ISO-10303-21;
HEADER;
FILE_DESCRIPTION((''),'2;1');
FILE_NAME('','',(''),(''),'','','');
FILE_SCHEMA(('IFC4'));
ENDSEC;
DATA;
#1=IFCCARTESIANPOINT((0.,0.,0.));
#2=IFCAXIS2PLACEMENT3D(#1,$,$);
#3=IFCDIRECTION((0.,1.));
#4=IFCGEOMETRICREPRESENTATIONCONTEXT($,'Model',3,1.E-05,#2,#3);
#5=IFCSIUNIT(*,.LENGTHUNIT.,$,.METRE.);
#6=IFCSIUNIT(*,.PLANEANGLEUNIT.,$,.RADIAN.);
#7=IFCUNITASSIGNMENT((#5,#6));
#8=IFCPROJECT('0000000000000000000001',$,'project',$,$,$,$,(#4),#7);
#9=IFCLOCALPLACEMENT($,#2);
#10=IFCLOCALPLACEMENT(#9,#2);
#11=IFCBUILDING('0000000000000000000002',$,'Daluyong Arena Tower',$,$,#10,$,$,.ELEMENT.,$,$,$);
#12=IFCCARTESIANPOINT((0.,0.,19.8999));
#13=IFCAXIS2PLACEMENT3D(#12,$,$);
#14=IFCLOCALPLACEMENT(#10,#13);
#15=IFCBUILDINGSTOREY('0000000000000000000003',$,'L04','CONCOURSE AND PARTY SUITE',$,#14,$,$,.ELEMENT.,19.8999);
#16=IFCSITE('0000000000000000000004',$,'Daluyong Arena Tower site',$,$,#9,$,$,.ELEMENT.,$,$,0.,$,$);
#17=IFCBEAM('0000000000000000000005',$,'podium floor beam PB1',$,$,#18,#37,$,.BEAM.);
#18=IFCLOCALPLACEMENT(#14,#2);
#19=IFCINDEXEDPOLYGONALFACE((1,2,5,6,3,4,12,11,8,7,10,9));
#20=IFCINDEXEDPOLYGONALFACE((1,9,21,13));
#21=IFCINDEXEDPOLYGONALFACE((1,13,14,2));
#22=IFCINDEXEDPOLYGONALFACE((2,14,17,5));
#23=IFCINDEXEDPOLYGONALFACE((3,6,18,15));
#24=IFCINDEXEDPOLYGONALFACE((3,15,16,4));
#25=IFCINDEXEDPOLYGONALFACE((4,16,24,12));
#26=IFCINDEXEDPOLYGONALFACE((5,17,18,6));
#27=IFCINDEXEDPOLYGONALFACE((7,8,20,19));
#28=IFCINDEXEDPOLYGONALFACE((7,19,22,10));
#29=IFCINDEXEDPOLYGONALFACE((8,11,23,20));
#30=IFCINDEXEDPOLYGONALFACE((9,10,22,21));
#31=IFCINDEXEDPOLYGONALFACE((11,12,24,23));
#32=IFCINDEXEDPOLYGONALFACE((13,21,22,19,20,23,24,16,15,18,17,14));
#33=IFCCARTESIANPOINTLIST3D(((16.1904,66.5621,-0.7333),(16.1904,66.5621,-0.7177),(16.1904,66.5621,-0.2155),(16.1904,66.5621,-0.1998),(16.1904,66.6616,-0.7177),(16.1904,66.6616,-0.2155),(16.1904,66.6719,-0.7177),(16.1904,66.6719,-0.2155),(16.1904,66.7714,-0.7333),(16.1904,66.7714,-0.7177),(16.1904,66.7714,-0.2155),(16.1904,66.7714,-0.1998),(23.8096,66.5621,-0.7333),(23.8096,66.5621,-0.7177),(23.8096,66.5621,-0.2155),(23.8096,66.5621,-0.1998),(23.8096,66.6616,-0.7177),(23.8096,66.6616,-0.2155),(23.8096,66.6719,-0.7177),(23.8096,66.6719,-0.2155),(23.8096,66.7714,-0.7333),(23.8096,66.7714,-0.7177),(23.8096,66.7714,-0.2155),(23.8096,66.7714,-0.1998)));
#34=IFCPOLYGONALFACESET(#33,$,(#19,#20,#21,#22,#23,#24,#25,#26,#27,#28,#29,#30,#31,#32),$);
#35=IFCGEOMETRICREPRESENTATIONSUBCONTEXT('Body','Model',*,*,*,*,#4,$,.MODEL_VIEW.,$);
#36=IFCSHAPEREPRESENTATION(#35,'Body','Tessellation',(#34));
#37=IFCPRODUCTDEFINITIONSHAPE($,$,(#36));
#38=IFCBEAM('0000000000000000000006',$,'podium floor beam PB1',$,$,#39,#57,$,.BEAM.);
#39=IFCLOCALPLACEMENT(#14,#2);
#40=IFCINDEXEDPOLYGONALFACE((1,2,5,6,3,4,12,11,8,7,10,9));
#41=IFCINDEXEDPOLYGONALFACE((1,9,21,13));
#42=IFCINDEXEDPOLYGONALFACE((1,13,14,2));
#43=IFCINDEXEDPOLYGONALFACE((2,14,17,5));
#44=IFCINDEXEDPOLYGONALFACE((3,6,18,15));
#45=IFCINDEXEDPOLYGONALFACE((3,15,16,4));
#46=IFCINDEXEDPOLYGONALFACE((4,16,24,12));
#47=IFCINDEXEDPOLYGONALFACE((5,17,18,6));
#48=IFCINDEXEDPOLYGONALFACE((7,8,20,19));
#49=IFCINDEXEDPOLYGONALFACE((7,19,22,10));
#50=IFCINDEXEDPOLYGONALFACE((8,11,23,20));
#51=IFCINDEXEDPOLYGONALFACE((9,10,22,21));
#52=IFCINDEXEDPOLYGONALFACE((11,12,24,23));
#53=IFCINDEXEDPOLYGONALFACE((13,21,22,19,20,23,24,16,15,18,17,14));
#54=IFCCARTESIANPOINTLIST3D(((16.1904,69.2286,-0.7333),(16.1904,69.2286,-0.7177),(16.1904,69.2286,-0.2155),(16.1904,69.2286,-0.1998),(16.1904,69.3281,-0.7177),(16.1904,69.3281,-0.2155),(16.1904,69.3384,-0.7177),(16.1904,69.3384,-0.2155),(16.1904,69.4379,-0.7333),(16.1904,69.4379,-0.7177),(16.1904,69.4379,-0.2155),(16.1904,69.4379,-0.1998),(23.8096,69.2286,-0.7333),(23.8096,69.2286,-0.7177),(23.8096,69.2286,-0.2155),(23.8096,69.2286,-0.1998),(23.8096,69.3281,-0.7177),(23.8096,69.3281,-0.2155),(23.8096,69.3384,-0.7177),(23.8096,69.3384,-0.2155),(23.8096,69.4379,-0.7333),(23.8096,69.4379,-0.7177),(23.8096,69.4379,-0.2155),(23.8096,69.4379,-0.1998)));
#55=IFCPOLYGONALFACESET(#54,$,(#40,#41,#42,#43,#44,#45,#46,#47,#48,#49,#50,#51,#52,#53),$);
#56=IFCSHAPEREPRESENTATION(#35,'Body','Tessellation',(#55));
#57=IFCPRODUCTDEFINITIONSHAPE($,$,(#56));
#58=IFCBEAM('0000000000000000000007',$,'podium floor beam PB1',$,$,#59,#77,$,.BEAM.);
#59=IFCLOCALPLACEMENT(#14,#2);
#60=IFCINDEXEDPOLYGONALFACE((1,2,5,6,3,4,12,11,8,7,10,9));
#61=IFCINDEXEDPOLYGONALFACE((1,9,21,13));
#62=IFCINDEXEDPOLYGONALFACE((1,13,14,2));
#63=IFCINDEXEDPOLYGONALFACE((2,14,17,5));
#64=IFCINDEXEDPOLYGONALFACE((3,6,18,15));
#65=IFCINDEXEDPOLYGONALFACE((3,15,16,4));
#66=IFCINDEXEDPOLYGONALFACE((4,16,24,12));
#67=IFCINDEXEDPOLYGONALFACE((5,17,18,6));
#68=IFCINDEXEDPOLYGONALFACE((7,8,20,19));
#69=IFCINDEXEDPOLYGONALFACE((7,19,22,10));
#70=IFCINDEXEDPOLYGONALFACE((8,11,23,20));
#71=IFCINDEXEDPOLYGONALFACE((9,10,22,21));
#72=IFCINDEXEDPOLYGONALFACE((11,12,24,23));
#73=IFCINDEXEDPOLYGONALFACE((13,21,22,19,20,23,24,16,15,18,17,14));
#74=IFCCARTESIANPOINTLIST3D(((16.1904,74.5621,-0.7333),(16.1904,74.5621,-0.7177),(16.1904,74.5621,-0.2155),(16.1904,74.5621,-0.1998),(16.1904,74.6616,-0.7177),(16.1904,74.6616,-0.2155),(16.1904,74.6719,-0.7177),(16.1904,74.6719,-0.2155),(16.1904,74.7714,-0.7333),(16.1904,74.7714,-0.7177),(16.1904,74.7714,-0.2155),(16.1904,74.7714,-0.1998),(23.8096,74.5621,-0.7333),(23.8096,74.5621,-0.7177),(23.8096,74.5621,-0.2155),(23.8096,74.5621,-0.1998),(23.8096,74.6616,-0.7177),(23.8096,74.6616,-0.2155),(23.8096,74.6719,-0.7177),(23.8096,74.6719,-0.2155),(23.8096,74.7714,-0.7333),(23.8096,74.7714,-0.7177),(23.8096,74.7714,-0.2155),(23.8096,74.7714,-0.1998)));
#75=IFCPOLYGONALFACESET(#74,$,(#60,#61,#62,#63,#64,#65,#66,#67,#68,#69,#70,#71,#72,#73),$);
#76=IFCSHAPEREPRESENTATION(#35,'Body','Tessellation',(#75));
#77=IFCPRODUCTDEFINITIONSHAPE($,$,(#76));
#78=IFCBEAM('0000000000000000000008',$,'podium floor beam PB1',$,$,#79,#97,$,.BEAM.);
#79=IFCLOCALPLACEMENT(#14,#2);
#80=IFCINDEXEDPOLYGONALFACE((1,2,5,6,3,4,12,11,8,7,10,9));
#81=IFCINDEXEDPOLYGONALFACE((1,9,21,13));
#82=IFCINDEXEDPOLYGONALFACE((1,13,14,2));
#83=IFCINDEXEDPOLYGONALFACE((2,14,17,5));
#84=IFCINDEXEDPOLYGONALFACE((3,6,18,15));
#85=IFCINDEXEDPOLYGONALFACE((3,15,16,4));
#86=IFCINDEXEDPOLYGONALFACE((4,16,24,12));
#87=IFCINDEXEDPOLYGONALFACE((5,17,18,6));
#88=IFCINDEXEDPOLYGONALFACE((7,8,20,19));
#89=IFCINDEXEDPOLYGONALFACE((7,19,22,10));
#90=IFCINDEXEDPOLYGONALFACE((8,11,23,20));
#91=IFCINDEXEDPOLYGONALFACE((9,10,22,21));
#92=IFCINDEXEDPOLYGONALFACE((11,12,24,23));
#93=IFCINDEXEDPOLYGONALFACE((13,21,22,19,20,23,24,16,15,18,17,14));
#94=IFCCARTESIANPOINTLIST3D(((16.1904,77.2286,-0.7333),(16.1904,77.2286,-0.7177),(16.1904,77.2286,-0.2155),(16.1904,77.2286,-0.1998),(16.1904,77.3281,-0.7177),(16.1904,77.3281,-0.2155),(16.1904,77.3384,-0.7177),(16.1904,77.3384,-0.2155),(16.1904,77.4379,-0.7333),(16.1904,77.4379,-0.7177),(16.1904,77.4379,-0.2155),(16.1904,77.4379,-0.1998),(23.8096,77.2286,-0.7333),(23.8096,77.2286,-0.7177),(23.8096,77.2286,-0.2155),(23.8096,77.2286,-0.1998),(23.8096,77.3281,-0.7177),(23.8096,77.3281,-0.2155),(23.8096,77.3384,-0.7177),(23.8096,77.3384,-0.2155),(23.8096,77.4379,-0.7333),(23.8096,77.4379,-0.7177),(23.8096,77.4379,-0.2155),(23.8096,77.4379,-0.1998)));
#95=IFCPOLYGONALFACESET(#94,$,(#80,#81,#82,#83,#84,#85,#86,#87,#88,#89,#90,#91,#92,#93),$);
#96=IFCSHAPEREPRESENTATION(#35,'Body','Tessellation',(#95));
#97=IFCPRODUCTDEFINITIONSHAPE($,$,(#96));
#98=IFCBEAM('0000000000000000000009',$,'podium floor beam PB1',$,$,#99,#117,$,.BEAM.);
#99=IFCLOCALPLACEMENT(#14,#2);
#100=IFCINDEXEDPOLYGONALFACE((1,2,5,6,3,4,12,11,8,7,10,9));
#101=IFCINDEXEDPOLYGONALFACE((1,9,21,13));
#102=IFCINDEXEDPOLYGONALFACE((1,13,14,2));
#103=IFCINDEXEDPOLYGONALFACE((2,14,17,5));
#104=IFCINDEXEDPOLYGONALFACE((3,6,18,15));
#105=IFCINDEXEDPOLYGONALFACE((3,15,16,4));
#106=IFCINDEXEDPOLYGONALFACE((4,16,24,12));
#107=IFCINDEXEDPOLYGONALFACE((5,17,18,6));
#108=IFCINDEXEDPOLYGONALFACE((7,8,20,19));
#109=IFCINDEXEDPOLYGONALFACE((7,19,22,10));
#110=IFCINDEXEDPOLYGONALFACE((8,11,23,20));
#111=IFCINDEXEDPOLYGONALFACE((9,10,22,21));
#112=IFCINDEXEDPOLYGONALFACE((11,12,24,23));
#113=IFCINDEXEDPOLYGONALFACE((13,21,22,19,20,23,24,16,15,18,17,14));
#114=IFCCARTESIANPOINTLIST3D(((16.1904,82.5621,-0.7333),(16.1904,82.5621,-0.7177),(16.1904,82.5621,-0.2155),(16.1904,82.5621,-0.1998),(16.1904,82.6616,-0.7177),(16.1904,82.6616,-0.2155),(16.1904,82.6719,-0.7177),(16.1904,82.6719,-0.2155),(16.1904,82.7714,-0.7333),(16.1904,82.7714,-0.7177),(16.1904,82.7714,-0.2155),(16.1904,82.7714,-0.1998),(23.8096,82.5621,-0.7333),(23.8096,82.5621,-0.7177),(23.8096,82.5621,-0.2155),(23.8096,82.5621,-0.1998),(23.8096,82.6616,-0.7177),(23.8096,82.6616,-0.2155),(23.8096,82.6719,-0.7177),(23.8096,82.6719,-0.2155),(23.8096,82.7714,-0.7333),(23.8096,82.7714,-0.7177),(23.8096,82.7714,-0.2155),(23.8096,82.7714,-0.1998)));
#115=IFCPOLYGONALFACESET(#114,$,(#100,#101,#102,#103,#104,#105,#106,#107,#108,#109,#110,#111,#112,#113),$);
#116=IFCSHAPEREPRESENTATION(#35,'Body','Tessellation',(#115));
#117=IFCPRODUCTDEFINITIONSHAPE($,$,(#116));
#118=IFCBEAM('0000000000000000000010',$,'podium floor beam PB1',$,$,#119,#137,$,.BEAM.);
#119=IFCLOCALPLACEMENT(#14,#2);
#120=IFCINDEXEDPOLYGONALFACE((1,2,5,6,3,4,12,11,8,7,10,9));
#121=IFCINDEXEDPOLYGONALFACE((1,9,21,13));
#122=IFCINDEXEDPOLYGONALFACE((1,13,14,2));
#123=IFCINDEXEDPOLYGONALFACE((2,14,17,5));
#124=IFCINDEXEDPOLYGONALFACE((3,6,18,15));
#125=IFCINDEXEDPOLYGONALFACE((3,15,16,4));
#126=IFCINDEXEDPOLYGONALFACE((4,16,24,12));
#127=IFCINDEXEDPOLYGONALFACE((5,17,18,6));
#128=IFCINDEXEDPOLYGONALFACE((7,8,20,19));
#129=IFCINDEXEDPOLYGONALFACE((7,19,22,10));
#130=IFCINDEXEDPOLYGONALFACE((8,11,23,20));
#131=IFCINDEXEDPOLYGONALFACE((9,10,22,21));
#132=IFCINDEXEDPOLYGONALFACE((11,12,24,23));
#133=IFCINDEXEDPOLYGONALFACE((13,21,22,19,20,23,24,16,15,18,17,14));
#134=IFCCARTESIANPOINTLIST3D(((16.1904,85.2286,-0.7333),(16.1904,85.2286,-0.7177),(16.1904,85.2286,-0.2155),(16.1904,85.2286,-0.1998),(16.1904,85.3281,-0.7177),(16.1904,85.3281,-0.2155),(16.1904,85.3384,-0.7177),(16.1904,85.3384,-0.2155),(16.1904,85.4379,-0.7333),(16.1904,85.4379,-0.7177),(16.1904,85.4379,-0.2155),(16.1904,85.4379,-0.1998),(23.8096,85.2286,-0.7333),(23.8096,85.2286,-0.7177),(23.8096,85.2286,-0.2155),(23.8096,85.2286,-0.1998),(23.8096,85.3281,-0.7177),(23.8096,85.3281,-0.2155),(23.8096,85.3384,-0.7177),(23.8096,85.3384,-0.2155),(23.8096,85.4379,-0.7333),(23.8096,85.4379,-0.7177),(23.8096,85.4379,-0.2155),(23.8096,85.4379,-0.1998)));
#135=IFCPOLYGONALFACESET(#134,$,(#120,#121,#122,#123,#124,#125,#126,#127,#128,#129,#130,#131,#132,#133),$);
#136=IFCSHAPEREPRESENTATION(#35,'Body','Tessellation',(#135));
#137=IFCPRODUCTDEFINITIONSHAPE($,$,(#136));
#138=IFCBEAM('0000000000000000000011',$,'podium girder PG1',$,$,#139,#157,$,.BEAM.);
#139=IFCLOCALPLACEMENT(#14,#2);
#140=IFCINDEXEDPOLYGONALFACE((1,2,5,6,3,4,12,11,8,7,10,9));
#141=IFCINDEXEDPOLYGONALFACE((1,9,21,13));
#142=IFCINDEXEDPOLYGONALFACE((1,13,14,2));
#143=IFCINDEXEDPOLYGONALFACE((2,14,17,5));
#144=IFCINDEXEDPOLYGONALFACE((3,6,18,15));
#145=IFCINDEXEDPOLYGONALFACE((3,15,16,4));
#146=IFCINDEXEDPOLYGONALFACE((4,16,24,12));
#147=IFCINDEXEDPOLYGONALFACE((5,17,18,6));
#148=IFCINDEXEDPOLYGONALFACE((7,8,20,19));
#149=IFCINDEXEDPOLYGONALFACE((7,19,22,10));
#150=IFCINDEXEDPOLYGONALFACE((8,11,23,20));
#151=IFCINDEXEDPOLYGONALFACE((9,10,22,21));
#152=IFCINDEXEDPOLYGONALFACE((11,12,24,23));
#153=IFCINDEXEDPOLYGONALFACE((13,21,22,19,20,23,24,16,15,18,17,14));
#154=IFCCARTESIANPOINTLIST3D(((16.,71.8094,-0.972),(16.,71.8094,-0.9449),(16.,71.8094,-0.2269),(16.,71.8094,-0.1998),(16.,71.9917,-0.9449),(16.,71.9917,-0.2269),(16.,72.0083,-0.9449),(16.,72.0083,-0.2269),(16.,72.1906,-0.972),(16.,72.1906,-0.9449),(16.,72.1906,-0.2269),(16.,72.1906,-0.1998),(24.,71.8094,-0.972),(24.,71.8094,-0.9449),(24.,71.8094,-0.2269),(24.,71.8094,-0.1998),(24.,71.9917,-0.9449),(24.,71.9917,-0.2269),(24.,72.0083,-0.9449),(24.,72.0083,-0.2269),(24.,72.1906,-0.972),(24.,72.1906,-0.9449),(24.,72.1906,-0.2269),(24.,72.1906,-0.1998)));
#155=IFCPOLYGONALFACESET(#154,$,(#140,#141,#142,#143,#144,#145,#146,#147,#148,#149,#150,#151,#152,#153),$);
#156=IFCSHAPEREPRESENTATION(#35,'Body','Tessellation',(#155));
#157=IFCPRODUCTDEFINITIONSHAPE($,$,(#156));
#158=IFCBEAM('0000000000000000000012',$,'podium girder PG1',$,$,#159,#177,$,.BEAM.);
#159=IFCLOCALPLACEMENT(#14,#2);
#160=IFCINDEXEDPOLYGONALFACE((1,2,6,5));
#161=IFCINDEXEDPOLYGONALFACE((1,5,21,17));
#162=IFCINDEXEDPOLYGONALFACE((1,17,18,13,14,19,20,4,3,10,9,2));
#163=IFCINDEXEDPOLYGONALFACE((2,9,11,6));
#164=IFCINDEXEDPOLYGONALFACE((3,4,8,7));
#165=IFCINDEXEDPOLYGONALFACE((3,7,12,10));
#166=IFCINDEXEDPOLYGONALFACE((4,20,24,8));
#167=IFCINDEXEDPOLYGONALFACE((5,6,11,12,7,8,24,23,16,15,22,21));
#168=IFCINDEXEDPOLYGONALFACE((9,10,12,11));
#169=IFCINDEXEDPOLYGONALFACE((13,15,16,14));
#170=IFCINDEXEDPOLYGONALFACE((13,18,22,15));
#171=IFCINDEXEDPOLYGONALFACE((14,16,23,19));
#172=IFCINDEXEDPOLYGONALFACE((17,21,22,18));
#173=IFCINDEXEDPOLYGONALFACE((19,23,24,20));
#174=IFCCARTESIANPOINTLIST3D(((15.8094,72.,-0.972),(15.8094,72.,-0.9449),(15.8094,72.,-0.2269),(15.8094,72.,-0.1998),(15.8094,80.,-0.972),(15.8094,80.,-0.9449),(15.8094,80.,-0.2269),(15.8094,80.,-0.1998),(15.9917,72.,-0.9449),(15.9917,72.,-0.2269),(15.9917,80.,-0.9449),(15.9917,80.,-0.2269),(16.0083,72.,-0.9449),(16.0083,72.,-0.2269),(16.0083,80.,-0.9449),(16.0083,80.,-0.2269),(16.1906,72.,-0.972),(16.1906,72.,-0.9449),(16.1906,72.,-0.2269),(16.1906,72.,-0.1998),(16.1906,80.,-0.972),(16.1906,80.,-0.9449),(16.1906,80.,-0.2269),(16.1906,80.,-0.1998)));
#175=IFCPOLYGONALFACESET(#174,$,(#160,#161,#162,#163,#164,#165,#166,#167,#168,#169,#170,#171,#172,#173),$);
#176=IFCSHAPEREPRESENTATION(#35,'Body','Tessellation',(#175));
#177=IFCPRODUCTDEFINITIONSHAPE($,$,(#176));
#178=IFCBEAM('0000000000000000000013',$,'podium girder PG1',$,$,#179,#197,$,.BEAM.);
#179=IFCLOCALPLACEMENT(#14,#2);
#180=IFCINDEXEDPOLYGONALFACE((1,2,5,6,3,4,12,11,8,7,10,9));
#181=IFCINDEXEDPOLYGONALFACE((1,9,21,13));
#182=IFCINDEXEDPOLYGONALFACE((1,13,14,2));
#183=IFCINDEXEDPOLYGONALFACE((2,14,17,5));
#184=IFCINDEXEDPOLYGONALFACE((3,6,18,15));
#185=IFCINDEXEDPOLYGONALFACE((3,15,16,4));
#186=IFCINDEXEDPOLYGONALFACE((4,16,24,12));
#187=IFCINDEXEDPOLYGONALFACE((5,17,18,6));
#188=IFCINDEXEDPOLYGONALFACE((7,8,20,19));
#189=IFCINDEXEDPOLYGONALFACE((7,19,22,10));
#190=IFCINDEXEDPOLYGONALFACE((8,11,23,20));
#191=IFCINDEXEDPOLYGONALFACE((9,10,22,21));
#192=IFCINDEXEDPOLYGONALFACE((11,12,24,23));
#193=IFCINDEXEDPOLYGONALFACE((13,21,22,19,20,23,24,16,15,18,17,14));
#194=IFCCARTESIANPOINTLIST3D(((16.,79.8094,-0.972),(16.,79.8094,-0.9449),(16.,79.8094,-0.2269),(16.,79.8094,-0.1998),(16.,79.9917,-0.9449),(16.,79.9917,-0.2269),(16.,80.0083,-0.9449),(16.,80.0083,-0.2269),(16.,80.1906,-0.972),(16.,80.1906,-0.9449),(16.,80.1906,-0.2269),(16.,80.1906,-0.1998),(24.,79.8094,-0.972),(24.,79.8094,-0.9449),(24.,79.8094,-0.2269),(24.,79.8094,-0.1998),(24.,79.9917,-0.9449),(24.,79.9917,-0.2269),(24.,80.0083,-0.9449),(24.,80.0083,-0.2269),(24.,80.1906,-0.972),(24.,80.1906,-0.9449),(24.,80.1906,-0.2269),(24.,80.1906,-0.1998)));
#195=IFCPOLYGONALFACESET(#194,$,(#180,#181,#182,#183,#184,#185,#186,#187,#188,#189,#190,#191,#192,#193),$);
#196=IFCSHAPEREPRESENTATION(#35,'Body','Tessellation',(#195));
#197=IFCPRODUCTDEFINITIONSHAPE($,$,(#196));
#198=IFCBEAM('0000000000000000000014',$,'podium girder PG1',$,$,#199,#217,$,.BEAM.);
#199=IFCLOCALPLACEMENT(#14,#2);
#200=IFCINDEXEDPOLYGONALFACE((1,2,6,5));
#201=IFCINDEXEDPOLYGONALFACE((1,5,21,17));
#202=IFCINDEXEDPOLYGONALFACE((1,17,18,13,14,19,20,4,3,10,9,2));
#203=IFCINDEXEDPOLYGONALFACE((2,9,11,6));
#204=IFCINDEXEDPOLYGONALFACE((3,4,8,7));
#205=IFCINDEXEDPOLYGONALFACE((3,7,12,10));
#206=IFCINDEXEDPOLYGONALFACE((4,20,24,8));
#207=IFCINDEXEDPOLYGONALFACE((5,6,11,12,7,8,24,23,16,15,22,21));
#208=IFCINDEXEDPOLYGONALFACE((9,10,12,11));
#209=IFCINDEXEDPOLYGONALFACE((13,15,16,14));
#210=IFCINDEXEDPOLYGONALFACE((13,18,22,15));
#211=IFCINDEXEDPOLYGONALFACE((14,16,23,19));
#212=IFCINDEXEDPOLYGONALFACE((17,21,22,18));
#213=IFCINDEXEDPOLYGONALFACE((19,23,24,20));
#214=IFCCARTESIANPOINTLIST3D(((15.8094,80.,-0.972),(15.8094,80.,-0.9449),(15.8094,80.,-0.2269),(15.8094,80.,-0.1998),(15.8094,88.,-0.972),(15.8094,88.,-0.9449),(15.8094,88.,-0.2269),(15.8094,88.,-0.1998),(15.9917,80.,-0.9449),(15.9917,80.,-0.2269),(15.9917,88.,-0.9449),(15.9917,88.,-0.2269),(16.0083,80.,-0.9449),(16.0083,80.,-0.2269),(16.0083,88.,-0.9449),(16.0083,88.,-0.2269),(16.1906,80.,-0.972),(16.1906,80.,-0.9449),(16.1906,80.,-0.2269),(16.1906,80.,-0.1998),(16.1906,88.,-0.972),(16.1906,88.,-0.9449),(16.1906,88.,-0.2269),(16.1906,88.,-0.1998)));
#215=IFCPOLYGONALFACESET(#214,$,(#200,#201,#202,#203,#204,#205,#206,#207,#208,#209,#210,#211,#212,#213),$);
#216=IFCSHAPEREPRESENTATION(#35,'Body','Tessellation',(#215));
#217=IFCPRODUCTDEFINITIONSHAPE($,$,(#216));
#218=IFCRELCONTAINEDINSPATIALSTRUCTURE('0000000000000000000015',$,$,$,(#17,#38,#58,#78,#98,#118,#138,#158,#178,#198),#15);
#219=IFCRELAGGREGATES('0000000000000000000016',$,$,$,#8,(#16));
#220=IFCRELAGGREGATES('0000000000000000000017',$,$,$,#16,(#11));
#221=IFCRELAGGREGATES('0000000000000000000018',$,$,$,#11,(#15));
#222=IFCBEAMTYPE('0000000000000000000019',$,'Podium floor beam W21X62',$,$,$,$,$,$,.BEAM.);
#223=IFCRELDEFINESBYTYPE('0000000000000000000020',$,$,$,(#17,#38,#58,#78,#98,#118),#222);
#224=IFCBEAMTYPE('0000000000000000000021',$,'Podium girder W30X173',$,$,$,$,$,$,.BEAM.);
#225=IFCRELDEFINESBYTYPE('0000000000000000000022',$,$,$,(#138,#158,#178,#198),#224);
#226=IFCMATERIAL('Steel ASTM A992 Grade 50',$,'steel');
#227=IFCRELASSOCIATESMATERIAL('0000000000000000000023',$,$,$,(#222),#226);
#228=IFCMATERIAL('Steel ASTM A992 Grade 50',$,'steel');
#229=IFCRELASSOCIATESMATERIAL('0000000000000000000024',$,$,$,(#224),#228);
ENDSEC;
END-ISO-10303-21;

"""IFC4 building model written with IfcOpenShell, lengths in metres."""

from ifc_helpers import new_model, si_unit, direction, frame, origin, origin_2d, place, context, subcontext, project, spatial, i_section, extrude, material, material_profile, profile_set, type_object, element, save


model = new_model("IFC4")

# Units and contexts
model_context = context("Model", 3, precision=1e-05, world=origin(), true_north=direction((0.0, 1.0)))
body_context = subcontext(model_context, "Body", "Model", "MODEL_VIEW")
ifc_project = project(units=[si_unit("LENGTHUNIT", "METRE"), si_unit("PLANEANGLEUNIT", "RADIAN")], contexts=[model_context])

# Site, building, storey
site_placement = place(None, origin())
site = spatial("IfcSite", under=ifc_project, at=site_placement, Name="Daluyong Arena Tower site", CompositionType="ELEMENT", RefElevation=0.0)
building_placement = place(site_placement, origin())
building = spatial("IfcBuilding", under=site, at=building_placement, Name="Daluyong Arena Tower", CompositionType="ELEMENT")
storey_placement = place(building_placement, frame((0.0, 0.0, 19.8999)))
storey = spatial("IfcBuildingStorey", under=building, at=storey_placement, Name="L04", Description="CONCOURSE AND PARTY SUITE", CompositionType="ELEMENT", Elevation=19.8999)

# Beams
ifc_material_1 = material(Name="Steel ASTM A992 Grade 50", Category="steel")
ifc_material_profile_1 = material_profile(ifc_material_1, i_section(OverallWidth=0.2092, OverallDepth=0.5334, WebThickness=0.0103, FlangeThickness=0.0156, at=origin_2d()))
ifc_profile_set_1 = profile_set([ifc_material_profile_1], Name="Steel ASTM A992 Grade 50")
beam_type_1 = type_object("IfcBeamType", Name="Podium floor beam W21X62", PredefinedType="BEAM", material=ifc_profile_set_1)
for number, where, z_axis, x_axis, name in (
    (1, (16.1904, 66.6667, -0.4666), (1.0, 0.0, 0.0), (0.0, 1.0, 0.0), "podium floor beam PB1"),
    (2, (16.1904, 69.3333, -0.4666), (1.0, 0.0, 0.0), (0.0, 1.0, 0.0), "podium floor beam PB1"),
    (3, (16.1904, 74.6667, -0.4666), (1.0, 0.0, 0.0), (0.0, 1.0, 0.0), "podium floor beam PB1"),
    (4, (16.1904, 77.3333, -0.4666), (1.0, 0.0, 0.0), (0.0, 1.0, 0.0), "podium floor beam PB1"),
    (5, (16.1904, 82.6667, -0.4666), (1.0, 0.0, 0.0), (0.0, 1.0, 0.0), "podium floor beam PB1"),
    (6, (16.1904, 85.3333, -0.4666), (1.0, 0.0, 0.0), (0.0, 1.0, 0.0), "podium floor beam PB1"),
):
    element("IfcBeam", number, at=place(storey_placement, frame(where, z_axis=z_axis, x_axis=x_axis)), inside=storey, type_object=beam_type_1, Name=name, PredefinedType="BEAM", context=body_context, shape_type="SweptSolid", body=[
        extrude(i_section(OverallWidth=0.2092, OverallDepth=0.5334, WebThickness=0.0103, FlangeThickness=0.0156, at=origin_2d()), origin(), (0.0, 0.0, 1.0), 7.6191),
    ])
ifc_material_2 = material(Name="Steel ASTM A992 Grade 50", Category="steel")
ifc_material_profile_2 = material_profile(ifc_material_2, i_section(OverallWidth=0.3811, OverallDepth=0.7722, WebThickness=0.0166, FlangeThickness=0.0271, at=origin_2d()))
ifc_profile_set_2 = profile_set([ifc_material_profile_2], Name="Steel ASTM A992 Grade 50")
beam_type_2 = type_object("IfcBeamType", Name="Podium girder W30X173", PredefinedType="BEAM", material=ifc_profile_set_2)
for number, where, z_axis, x_axis, name in (
    (7, (16.0, 72.0, -0.5859), (1.0, 0.0, 0.0), (0.0, 1.0, 0.0), "podium girder PG1"),
    (8, (16.0, 72.0, -0.5859), (0.0, 1.0, 0.0), (-1.0, 0.0, 0.0), "podium girder PG1"),
    (9, (16.0, 80.0, -0.5859), (1.0, 0.0, 0.0), (0.0, 1.0, 0.0), "podium girder PG1"),
    (10, (16.0, 80.0, -0.5859), (0.0, 1.0, 0.0), (-1.0, 0.0, 0.0), "podium girder PG1"),
):
    element("IfcBeam", number, at=place(storey_placement, frame(where, z_axis=z_axis, x_axis=x_axis)), inside=storey, type_object=beam_type_2, Name=name, PredefinedType="BEAM", context=body_context, shape_type="SweptSolid", body=[
        extrude(i_section(OverallWidth=0.3811, OverallDepth=0.7722, WebThickness=0.0166, FlangeThickness=0.0271, at=origin_2d()), origin(), (0.0, 0.0, 1.0), 8.0),
    ])

save(model, "model.ifc")
